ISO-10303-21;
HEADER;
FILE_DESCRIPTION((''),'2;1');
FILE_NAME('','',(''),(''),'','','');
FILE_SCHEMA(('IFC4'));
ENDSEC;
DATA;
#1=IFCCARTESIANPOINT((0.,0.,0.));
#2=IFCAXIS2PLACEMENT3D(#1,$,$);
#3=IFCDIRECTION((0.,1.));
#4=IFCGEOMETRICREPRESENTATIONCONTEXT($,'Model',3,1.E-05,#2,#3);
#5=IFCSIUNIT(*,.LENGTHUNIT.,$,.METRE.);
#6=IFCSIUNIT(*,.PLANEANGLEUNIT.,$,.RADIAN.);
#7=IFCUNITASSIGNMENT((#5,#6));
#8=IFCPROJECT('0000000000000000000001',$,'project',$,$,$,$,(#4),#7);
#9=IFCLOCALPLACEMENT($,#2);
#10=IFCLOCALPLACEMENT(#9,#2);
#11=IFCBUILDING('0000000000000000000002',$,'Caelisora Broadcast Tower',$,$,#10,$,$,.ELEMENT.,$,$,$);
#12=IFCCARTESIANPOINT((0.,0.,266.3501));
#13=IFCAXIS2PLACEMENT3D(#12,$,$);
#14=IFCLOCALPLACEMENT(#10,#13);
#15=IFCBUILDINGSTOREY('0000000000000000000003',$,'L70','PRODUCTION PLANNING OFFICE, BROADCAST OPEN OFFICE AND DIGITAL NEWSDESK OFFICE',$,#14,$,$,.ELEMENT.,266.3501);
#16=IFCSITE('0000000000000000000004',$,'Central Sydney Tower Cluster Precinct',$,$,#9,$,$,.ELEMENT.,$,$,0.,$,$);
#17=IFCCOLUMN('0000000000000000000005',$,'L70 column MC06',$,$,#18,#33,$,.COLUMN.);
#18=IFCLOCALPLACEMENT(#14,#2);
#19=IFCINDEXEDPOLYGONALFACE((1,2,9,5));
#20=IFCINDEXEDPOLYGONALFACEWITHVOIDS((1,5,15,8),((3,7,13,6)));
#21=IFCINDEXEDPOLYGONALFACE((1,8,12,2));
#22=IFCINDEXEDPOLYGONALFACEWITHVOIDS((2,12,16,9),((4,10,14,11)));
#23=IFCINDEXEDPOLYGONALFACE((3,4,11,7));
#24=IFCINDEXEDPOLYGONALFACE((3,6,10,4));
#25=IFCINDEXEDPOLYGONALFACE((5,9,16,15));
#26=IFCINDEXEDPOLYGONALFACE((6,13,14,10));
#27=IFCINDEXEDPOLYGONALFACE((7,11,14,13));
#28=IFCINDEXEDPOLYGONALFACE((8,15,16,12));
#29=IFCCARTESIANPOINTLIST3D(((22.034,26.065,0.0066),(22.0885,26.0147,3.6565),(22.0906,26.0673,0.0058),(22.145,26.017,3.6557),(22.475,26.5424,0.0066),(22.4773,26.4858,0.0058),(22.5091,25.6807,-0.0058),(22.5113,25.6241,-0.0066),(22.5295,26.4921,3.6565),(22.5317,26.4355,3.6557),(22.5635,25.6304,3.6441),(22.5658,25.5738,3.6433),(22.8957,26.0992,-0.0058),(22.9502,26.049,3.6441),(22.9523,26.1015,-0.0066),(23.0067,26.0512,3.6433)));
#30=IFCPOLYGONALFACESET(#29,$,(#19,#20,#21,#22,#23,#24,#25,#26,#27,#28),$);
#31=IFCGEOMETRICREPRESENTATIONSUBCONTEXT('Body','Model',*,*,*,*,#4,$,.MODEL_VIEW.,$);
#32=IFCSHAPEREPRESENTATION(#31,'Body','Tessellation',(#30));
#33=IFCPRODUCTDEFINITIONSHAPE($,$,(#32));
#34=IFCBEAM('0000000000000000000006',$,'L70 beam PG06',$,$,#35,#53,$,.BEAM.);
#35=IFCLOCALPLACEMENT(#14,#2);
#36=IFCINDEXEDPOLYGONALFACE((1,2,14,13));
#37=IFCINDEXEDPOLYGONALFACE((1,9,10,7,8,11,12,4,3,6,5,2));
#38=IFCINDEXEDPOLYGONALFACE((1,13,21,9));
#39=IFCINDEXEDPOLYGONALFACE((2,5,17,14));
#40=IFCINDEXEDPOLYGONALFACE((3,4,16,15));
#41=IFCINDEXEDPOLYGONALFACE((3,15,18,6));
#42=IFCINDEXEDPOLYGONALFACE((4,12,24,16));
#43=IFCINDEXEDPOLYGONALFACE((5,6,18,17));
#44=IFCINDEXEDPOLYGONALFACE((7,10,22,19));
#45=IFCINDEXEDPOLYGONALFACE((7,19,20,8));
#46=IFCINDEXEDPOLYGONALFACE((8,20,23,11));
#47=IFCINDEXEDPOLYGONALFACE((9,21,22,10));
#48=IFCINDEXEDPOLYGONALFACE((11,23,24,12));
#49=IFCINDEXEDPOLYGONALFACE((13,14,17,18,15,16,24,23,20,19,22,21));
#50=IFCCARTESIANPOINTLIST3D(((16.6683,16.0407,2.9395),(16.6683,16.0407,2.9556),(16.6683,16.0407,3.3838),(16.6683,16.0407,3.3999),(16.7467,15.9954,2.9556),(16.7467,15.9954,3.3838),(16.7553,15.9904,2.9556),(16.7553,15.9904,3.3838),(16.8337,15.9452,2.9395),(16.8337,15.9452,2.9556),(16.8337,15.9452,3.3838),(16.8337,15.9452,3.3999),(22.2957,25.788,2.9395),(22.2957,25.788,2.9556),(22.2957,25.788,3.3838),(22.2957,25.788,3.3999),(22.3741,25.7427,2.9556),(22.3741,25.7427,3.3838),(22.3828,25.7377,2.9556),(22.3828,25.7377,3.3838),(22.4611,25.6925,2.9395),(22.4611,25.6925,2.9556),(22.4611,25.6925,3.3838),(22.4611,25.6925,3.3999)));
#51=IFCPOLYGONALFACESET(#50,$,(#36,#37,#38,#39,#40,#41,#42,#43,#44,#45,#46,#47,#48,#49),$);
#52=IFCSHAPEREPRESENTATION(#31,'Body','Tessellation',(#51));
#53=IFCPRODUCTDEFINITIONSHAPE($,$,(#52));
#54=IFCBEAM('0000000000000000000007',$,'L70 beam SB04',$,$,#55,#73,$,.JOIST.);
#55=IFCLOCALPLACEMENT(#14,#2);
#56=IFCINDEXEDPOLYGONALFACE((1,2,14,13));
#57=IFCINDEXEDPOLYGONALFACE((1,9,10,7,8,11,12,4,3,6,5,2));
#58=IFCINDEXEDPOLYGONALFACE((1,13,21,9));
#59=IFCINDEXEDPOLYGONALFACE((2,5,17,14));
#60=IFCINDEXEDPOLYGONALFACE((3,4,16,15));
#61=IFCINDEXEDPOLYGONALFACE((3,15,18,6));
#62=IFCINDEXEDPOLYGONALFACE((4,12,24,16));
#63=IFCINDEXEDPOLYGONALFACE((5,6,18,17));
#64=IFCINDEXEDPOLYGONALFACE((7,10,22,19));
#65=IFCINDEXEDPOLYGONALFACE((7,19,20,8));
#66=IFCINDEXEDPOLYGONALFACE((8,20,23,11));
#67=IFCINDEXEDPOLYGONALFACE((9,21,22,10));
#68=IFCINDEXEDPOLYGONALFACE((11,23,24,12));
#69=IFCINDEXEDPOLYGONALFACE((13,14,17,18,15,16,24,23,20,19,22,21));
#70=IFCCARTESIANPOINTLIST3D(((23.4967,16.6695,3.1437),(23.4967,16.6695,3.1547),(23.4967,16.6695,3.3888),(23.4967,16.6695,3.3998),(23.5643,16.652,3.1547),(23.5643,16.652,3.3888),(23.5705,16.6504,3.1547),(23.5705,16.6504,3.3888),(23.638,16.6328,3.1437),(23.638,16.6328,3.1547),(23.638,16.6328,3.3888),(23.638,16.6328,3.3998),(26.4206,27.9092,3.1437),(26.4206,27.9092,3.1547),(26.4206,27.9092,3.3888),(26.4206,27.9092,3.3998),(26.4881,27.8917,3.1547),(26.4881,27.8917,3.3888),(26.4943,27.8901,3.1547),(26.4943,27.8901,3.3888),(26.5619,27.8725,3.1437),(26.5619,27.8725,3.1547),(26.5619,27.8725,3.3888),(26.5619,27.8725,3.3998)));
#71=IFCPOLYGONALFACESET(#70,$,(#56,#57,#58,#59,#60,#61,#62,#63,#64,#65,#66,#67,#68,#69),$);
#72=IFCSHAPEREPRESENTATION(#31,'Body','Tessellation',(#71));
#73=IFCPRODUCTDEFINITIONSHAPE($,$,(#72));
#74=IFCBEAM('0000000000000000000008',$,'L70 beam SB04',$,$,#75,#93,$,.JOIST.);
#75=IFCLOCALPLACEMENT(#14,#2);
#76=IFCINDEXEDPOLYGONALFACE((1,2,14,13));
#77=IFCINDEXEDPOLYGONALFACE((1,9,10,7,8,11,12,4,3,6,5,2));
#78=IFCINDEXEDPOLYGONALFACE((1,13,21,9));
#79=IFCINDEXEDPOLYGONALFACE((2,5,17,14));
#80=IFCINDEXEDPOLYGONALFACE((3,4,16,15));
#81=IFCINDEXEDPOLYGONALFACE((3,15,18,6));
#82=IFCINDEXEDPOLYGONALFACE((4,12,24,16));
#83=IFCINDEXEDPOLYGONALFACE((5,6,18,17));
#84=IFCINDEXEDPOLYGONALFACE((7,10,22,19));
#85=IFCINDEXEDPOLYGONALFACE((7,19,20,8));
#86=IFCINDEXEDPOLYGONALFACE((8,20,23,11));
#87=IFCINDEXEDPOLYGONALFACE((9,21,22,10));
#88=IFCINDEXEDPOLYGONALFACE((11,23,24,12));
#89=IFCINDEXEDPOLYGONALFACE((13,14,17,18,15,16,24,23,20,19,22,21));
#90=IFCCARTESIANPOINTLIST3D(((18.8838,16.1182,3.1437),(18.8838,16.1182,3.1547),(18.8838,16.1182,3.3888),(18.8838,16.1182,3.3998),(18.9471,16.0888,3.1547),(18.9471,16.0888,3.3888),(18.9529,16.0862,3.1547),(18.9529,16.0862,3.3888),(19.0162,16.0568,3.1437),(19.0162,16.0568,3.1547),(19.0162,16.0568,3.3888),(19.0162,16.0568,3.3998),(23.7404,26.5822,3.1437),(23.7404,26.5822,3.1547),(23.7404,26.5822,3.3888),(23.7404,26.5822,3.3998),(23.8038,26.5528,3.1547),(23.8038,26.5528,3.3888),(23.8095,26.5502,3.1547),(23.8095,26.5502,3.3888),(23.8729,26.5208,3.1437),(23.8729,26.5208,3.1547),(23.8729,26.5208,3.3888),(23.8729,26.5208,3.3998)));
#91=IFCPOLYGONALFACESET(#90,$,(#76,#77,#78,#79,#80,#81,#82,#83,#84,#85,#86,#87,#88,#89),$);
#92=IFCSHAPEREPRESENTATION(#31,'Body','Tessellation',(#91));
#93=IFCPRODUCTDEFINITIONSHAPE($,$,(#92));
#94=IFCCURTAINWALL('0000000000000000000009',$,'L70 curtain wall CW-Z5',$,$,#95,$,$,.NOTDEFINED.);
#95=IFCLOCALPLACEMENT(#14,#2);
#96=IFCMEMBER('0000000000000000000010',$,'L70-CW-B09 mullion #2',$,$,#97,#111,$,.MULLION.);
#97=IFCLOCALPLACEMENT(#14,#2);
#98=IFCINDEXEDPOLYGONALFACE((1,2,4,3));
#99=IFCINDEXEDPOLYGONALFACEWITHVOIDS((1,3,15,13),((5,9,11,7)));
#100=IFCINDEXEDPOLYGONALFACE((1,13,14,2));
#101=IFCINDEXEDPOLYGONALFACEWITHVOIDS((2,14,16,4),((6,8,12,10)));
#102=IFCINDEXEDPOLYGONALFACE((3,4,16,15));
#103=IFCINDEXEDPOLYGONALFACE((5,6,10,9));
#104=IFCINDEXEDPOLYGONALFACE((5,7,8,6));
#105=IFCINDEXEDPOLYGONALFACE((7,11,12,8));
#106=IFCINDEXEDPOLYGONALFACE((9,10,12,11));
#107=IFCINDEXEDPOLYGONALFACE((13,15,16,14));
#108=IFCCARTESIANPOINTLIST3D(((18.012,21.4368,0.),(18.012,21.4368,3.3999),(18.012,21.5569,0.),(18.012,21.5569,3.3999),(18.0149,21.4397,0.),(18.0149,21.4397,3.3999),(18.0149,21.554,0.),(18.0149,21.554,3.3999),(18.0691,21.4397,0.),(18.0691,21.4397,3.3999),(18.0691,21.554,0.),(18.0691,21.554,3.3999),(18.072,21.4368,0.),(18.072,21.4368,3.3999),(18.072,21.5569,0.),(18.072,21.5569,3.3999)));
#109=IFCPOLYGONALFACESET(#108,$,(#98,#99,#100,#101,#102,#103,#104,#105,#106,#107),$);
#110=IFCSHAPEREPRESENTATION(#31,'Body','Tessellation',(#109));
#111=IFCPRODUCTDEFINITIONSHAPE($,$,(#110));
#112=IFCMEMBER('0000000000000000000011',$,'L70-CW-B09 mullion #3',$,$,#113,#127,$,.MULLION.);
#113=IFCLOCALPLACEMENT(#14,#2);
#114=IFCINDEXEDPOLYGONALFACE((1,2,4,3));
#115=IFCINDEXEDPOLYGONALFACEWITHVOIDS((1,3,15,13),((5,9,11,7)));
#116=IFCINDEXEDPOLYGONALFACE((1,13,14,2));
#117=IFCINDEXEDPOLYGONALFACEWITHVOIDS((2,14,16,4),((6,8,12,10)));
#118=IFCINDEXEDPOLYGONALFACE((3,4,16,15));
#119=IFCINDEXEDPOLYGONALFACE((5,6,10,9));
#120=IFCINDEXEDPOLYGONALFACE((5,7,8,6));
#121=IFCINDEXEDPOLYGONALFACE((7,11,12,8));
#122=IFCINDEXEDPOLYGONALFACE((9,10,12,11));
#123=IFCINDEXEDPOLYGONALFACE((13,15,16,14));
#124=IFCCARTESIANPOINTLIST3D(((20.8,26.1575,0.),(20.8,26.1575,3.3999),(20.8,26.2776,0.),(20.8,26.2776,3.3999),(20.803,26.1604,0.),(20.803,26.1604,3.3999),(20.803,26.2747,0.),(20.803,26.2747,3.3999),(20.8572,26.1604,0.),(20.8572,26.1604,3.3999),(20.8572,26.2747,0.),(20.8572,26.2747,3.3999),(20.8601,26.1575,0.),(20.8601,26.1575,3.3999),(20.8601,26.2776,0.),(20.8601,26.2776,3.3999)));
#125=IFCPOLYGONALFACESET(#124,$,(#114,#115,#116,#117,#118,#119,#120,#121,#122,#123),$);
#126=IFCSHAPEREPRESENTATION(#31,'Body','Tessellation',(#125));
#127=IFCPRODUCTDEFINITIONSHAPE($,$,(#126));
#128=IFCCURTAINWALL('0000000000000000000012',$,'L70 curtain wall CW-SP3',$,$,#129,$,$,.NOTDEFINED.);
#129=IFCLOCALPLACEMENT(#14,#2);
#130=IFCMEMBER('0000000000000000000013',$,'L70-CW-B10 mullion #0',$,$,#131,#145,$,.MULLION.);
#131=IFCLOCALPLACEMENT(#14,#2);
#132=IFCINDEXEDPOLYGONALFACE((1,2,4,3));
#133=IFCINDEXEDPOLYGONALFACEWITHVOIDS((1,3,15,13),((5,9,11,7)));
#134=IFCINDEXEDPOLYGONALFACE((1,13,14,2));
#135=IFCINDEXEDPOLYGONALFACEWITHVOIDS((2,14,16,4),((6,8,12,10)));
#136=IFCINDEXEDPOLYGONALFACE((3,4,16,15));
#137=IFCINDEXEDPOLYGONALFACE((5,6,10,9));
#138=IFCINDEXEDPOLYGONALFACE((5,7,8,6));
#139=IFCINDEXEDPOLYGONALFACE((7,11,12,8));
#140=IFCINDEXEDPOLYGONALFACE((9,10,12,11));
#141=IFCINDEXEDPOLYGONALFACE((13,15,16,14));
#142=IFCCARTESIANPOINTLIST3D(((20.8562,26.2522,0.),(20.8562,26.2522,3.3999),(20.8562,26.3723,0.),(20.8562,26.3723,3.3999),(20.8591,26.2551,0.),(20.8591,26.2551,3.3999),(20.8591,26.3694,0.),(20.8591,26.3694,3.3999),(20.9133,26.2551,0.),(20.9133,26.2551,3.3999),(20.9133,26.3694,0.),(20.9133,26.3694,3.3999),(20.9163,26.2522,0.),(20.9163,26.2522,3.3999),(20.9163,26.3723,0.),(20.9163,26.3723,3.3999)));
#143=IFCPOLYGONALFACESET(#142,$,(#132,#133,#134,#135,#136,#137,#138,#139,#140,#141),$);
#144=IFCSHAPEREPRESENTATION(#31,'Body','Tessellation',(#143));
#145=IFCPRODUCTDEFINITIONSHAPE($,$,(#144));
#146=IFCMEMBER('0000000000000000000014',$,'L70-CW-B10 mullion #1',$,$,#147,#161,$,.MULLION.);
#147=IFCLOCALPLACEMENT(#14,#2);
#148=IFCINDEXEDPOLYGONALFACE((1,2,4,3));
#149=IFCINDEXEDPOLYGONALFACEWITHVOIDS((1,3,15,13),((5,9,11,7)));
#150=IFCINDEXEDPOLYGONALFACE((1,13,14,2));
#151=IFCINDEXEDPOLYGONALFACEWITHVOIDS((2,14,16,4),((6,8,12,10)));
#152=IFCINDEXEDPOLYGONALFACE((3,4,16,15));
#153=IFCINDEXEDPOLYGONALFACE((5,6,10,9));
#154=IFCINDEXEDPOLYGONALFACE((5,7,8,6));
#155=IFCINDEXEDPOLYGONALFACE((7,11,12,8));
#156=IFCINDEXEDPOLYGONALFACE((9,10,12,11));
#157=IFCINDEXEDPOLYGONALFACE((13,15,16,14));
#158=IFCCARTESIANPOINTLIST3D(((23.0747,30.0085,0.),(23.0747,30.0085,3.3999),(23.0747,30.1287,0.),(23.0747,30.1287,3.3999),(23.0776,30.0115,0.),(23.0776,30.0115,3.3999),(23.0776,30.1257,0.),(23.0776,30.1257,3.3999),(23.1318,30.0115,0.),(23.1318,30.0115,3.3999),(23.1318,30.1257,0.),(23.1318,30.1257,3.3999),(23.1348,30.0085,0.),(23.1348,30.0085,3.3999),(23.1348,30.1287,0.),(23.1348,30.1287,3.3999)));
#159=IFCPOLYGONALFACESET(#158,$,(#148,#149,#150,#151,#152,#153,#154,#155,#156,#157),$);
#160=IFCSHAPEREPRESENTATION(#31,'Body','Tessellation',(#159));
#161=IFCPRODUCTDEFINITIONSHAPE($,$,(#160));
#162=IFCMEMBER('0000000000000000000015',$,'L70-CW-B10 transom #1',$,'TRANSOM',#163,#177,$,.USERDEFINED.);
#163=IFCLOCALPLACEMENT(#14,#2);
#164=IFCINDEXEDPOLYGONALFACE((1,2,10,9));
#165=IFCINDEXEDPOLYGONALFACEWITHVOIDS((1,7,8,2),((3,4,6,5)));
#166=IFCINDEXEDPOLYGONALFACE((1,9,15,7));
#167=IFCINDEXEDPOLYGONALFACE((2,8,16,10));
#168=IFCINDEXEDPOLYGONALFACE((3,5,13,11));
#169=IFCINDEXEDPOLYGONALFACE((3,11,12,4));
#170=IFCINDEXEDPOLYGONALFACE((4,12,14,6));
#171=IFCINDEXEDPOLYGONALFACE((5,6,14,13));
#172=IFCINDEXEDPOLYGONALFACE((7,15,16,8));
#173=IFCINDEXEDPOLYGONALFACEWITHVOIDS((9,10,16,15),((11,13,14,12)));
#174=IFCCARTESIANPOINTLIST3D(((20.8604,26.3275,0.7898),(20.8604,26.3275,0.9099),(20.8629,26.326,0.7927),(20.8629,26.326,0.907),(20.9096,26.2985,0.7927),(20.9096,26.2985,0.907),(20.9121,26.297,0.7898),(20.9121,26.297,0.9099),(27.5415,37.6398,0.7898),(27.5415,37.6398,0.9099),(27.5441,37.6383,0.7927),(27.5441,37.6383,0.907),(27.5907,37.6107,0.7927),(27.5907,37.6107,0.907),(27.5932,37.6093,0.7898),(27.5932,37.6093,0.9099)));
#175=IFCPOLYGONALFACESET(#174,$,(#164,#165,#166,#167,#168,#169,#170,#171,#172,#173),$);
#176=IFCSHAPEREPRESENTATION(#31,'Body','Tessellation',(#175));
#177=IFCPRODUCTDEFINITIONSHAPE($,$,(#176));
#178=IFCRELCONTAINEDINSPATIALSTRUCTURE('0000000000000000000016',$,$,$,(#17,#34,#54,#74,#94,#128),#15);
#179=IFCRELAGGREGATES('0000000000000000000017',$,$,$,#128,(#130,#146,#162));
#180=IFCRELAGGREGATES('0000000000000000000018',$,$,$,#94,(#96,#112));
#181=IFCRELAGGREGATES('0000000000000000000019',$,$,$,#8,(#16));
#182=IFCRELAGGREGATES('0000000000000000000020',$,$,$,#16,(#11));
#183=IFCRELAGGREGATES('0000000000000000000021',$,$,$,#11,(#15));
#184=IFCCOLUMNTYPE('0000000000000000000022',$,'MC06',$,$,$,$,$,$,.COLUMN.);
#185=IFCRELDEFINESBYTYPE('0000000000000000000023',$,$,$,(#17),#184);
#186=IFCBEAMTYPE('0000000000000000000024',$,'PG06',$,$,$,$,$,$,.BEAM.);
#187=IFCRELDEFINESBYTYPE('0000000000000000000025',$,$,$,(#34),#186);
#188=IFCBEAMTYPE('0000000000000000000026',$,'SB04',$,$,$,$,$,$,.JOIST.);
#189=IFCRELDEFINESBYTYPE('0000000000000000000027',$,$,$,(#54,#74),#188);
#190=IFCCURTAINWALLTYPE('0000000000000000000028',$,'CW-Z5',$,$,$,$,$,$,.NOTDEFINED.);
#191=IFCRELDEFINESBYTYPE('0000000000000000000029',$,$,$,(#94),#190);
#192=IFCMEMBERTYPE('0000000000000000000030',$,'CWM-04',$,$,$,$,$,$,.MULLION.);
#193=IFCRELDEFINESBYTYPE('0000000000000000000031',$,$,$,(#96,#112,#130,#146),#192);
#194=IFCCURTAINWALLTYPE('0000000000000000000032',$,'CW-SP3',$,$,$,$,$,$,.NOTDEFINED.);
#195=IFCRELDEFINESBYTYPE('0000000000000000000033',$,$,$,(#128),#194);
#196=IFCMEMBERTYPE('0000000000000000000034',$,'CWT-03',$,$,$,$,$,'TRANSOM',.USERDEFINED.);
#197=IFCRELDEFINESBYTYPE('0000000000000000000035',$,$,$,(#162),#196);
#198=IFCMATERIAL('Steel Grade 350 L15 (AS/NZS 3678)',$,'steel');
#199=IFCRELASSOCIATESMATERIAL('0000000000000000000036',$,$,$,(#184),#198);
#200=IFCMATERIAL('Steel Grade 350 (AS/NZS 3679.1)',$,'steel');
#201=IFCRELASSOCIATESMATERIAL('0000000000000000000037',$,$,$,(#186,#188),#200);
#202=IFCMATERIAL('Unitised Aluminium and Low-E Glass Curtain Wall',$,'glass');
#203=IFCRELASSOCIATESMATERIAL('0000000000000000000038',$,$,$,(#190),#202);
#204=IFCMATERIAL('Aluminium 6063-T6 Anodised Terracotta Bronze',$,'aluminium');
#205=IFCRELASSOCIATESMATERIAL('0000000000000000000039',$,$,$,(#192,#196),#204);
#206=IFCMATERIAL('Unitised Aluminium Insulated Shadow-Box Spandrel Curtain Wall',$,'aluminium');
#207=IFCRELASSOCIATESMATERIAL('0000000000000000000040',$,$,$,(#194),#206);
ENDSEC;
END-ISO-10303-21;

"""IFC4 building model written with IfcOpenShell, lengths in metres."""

from ifc_helpers import new_model, si_unit, direction, frame, origin, origin_2d, place, context, subcontext, project, spatial, hollow_rectangle, i_section, extrude, source, transform, mapped, material, material_profile, profile_set, type_object, type_shapes, element, aggregate, save


model = new_model("IFC4")

# Units and contexts
model_context = context("Model", 3, precision=1e-05, world=origin(), true_north=direction((0.0, 1.0)))
body_context = subcontext(model_context, "Body", "Model", "MODEL_VIEW")
ifc_project = project(units=[si_unit("LENGTHUNIT", "METRE"), si_unit("PLANEANGLEUNIT", "RADIAN")], contexts=[model_context])

# Site, building, storey
site_placement = place(None, origin())
site = spatial("IfcSite", under=ifc_project, at=site_placement, Name="Central Sydney Tower Cluster Precinct", CompositionType="ELEMENT", RefElevation=0.0)
building_placement = place(site_placement, origin())
building = spatial("IfcBuilding", under=site, at=building_placement, Name="Caelisora Broadcast Tower", CompositionType="ELEMENT")
storey_placement = place(building_placement, frame((0.0, 0.0, 266.3501)))
storey = spatial("IfcBuildingStorey", under=building, at=storey_placement, Name="L70", Description="PRODUCTION PLANNING OFFICE, BROADCAST OPEN OFFICE AND DIGITAL NEWSDESK OFFICE", CompositionType="ELEMENT", Elevation=266.3501)

# Column
ifc_material_1 = material(Name="Steel Grade 350 L15 (AS/NZS 3678)", Category="steel")
ifc_material_profile_1 = material_profile(ifc_material_1, hollow_rectangle(XDim=0.6499, YDim=0.6499, WallThickness=0.04, at=origin_2d()), Name="Steel Grade 350 L15 (AS/NZS 3678)")
ifc_profile_set_1 = profile_set([ifc_material_profile_1], Name="Steel Grade 350 L15 (AS/NZS 3678)")
column_type = type_object("IfcColumnType", Name="MC06", PredefinedType="COLUMN", material=ifc_profile_set_1)
shared_shape_1 = source(origin(), body_context, "Body", "SweptSolid", [
    extrude(hollow_rectangle(XDim=0.6499, YDim=0.6499, WallThickness=0.04, at=origin_2d()), origin(), (0.0, 0.0, 1.0), 3.6506),
])
type_shapes(column_type, [shared_shape_1])
column_placement = place(storey_placement, frame((22.4932, 26.0833, 0.0), z_axis=(0.014913, -0.013776, 0.999794), x_axis=(0.678554, 0.734551, 0.0)))
element("IfcColumn", 1, at=column_placement, inside=storey, type_object=column_type, Name="L70 column MC06", PredefinedType="COLUMN", context=body_context, shape_type="MappedRepresentation", body=[
    mapped(shared_shape_1, transform((0.0, 0.0, 0.0), scale=1.0)),
])

# Beams
ifc_material_2 = material(Name="Steel Grade 350 (AS/NZS 3679.1)", Category="steel")
ifc_material_profile_2 = material_profile(ifc_material_2, i_section(OverallWidth=0.1909, OverallDepth=0.4604, WebThickness=0.01, FlangeThickness=0.0161, at=origin_2d()), Name="Steel Grade 350 (AS/NZS 3679.1)")
ifc_profile_set_2 = profile_set([ifc_material_profile_2], Name="Steel Grade 350 (AS/NZS 3679.1)")
beam_type_1 = type_object("IfcBeamType", Name="PG06", PredefinedType="BEAM", material=ifc_profile_set_2)
shared_shape_2 = source(origin(), body_context, "Body", "SweptSolid", [
    extrude(i_section(OverallWidth=0.1909, OverallDepth=0.4604, WebThickness=0.01, FlangeThickness=0.0161, at=origin_2d()), origin(), (0.0, 0.0, 1.0), 11.2551),
])
type_shapes(beam_type_1, [shared_shape_2])
beam_1_placement = place(storey_placement, frame((22.3784, 25.7402, 3.1697), z_axis=(-0.499988, -0.866032, 0.0), x_axis=(0.866032, -0.499988, 0.0)))
element("IfcBeam", 2, at=beam_1_placement, inside=storey, type_object=beam_type_1, Name="L70 beam PG06", PredefinedType="BEAM", context=body_context, shape_type="MappedRepresentation", body=[
    mapped(shared_shape_2, transform((0.0, 0.0, 0.0), scale=1.0)),
])
ifc_material_profile_3 = material_profile(ifc_material_2, i_section(OverallWidth=0.146, OverallDepth=0.2561, WebThickness=0.0063, FlangeThickness=0.011, at=origin_2d()), Name="Steel Grade 350 (AS/NZS 3679.1)")
ifc_profile_set_3 = profile_set([ifc_material_profile_3], Name="Steel Grade 350 (AS/NZS 3679.1)")
beam_type_2 = type_object("IfcBeamType", Name="SB04", PredefinedType="JOIST", material=ifc_profile_set_3)
shared_shape_3 = source(origin(), body_context, "Body", "SweptSolid", [
    extrude(i_section(OverallWidth=0.146, OverallDepth=0.2561, WebThickness=0.0063, FlangeThickness=0.011, at=origin_2d()), origin(), (0.0, 0.0, 1.0), 11.6138),
])
beam_2_placement = place(storey_placement, frame((26.4912, 27.8909, 3.2717), z_axis=(-0.251754, -0.967791, 0.0), x_axis=(0.967791, -0.251754, 0.0)))
element("IfcBeam", 3, at=beam_2_placement, inside=storey, type_object=beam_type_2, Name="L70 beam SB04", PredefinedType="JOIST", context=body_context, shape_type="MappedRepresentation", body=[
    mapped(shared_shape_3, transform((0.0, 0.0, 0.0), scale=1.0)),
])
shared_shape_4 = source(origin(), body_context, "Body", "SweptSolid", [
    extrude(i_section(OverallWidth=0.146, OverallDepth=0.2561, WebThickness=0.0063, FlangeThickness=0.011, at=origin_2d()), origin(), (0.0, 0.0, 1.0), 11.5361),
])
type_shapes(beam_type_2, [shared_shape_3, shared_shape_4])
beam_3_placement = place(storey_placement, frame((23.8066, 26.5515, 3.2717), z_axis=(-0.420994, -0.907064, 0.0), x_axis=(0.907064, -0.420994, 0.0)))
element("IfcBeam", 4, at=beam_3_placement, inside=storey, type_object=beam_type_2, Name="L70 beam SB04", PredefinedType="JOIST", context=body_context, shape_type="MappedRepresentation", body=[
    mapped(shared_shape_4, transform((0.0, 0.0, 0.0), scale=1.0)),
])

# Curtain walls, members
ifc_material_3 = material(Name="Unitised Aluminium and Low-E Glass Curtain Wall", Category="glass")
curtain_wall_type_1 = type_object("IfcCurtainWallType", Name="CW-Z5", PredefinedType="NOTDEFINED", material=ifc_material_3)
curtain_wall_1_placement = place(storey_placement, origin())
curtain_wall_1 = element("IfcCurtainWall", 5, at=curtain_wall_1_placement, inside=storey, type_object=curtain_wall_type_1, Name="L70 curtain wall CW-Z5", PredefinedType="NOTDEFINED")
ifc_material_4 = material(Name="Aluminium 6063-T6 Anodised Terracotta Bronze", Category="aluminium")
ifc_material_profile_4 = material_profile(ifc_material_4, hollow_rectangle(XDim=0.0601, YDim=0.1201, WallThickness=0.0029, at=origin_2d()), Name="Aluminium 6063-T6 Anodised Terracotta Bronze")
ifc_profile_set_4 = profile_set([ifc_material_profile_4], Name="Aluminium 6063-T6 Anodised Terracotta Bronze")
member_type_1 = type_object("IfcMemberType", Name="CWM-04", PredefinedType="MULLION", material=ifc_profile_set_4)
shared_shape_5 = source(origin(), body_context, "Body", "SweptSolid", [
    extrude(hollow_rectangle(XDim=0.0601, YDim=0.1201, WallThickness=0.0029, at=origin_2d()), origin(), (0.0, 0.0, 1.0), 3.3999),
])
type_shapes(member_type_1, [shared_shape_5])
member_1_placement = place(storey_placement, frame((18.042, 21.4968, 0.0), z_axis=(0.0, 0.0, 1.0), x_axis=(1.0, 0.0, 0.0)))
member_1 = element("IfcMember", 6, at=member_1_placement, type_object=member_type_1, Name="L70-CW-B09 mullion #2", PredefinedType="MULLION", context=body_context, shape_type="MappedRepresentation", body=[
    mapped(shared_shape_5, transform((0.0, 0.0, 0.0), scale=1.0)),
])
member_2_placement = place(storey_placement, frame((20.8301, 26.2175, 0.0), z_axis=(0.0, 0.0, 1.0), x_axis=(1.0, 0.0, 0.0)))
member_2 = element("IfcMember", 7, at=member_2_placement, type_object=member_type_1, Name="L70-CW-B09 mullion #3", PredefinedType="MULLION", context=body_context, shape_type="MappedRepresentation", body=[
    mapped(shared_shape_5, transform((0.0, 0.0, 0.0), scale=1.0)),
])
ifc_material_5 = material(Name="Unitised Aluminium Insulated Shadow-Box Spandrel Curtain Wall", Category="aluminium")
curtain_wall_type_2 = type_object("IfcCurtainWallType", Name="CW-SP3", PredefinedType="NOTDEFINED", material=ifc_material_5)
curtain_wall_2_placement = place(storey_placement, origin())
curtain_wall_2 = element("IfcCurtainWall", 8, at=curtain_wall_2_placement, inside=storey, type_object=curtain_wall_type_2, Name="L70 curtain wall CW-SP3", PredefinedType="NOTDEFINED")
member_3_placement = place(storey_placement, frame((20.8862, 26.3123, 0.0), z_axis=(0.0, 0.0, 1.0), x_axis=(1.0, 0.0, 0.0)))
member_3 = element("IfcMember", 9, at=member_3_placement, type_object=member_type_1, Name="L70-CW-B10 mullion #0", PredefinedType="MULLION", context=body_context, shape_type="MappedRepresentation", body=[
    mapped(shared_shape_5, transform((0.0, 0.0, 0.0), scale=1.0)),
])
member_4_placement = place(storey_placement, frame((23.1047, 30.0686, 0.0), z_axis=(0.0, 0.0, 1.0), x_axis=(1.0, 0.0, 0.0)))
member_4 = element("IfcMember", 10, at=member_4_placement, type_object=member_type_1, Name="L70-CW-B10 mullion #1", PredefinedType="MULLION", context=body_context, shape_type="MappedRepresentation", body=[
    mapped(shared_shape_5, transform((0.0, 0.0, 0.0), scale=1.0)),
])
ifc_material_profile_5 = material_profile(ifc_material_4, hollow_rectangle(XDim=0.0601, YDim=0.1201, WallThickness=0.0029, at=origin_2d()), Name="Aluminium 6063-T6 Anodised Terracotta Bronze")
ifc_profile_set_5 = profile_set([ifc_material_profile_5], Name="Aluminium 6063-T6 Anodised Terracotta Bronze")
member_type_2 = type_object("IfcMemberType", Name="CWT-03", ElementType="TRANSOM", PredefinedType="USERDEFINED", material=ifc_profile_set_5)
shared_shape_6 = source(origin(), body_context, "Body", "SweptSolid", [
    extrude(hollow_rectangle(XDim=0.0601, YDim=0.1201, WallThickness=0.0029, at=origin_2d()), origin(), (0.0, 0.0, 1.0), 13.1379),
])
type_shapes(member_type_2, [shared_shape_6])
member_5_placement = place(storey_placement, frame((20.8862, 26.3123, 0.8499), z_axis=(0.50854, 0.861039, 0.0), x_axis=(-0.861039, 0.50854, 0.0)))
member_5 = element("IfcMember", 11, at=member_5_placement, type_object=member_type_2, Name="L70-CW-B10 transom #1", ObjectType="TRANSOM", PredefinedType="USERDEFINED", context=body_context, shape_type="MappedRepresentation", body=[
    mapped(shared_shape_6, transform((0.0, 0.0, 0.0), scale=1.0)),
])

aggregate(curtain_wall_2, [member_3, member_4, member_5])
aggregate(curtain_wall_1, [member_1, member_2])

save(model, "model.ifc")
